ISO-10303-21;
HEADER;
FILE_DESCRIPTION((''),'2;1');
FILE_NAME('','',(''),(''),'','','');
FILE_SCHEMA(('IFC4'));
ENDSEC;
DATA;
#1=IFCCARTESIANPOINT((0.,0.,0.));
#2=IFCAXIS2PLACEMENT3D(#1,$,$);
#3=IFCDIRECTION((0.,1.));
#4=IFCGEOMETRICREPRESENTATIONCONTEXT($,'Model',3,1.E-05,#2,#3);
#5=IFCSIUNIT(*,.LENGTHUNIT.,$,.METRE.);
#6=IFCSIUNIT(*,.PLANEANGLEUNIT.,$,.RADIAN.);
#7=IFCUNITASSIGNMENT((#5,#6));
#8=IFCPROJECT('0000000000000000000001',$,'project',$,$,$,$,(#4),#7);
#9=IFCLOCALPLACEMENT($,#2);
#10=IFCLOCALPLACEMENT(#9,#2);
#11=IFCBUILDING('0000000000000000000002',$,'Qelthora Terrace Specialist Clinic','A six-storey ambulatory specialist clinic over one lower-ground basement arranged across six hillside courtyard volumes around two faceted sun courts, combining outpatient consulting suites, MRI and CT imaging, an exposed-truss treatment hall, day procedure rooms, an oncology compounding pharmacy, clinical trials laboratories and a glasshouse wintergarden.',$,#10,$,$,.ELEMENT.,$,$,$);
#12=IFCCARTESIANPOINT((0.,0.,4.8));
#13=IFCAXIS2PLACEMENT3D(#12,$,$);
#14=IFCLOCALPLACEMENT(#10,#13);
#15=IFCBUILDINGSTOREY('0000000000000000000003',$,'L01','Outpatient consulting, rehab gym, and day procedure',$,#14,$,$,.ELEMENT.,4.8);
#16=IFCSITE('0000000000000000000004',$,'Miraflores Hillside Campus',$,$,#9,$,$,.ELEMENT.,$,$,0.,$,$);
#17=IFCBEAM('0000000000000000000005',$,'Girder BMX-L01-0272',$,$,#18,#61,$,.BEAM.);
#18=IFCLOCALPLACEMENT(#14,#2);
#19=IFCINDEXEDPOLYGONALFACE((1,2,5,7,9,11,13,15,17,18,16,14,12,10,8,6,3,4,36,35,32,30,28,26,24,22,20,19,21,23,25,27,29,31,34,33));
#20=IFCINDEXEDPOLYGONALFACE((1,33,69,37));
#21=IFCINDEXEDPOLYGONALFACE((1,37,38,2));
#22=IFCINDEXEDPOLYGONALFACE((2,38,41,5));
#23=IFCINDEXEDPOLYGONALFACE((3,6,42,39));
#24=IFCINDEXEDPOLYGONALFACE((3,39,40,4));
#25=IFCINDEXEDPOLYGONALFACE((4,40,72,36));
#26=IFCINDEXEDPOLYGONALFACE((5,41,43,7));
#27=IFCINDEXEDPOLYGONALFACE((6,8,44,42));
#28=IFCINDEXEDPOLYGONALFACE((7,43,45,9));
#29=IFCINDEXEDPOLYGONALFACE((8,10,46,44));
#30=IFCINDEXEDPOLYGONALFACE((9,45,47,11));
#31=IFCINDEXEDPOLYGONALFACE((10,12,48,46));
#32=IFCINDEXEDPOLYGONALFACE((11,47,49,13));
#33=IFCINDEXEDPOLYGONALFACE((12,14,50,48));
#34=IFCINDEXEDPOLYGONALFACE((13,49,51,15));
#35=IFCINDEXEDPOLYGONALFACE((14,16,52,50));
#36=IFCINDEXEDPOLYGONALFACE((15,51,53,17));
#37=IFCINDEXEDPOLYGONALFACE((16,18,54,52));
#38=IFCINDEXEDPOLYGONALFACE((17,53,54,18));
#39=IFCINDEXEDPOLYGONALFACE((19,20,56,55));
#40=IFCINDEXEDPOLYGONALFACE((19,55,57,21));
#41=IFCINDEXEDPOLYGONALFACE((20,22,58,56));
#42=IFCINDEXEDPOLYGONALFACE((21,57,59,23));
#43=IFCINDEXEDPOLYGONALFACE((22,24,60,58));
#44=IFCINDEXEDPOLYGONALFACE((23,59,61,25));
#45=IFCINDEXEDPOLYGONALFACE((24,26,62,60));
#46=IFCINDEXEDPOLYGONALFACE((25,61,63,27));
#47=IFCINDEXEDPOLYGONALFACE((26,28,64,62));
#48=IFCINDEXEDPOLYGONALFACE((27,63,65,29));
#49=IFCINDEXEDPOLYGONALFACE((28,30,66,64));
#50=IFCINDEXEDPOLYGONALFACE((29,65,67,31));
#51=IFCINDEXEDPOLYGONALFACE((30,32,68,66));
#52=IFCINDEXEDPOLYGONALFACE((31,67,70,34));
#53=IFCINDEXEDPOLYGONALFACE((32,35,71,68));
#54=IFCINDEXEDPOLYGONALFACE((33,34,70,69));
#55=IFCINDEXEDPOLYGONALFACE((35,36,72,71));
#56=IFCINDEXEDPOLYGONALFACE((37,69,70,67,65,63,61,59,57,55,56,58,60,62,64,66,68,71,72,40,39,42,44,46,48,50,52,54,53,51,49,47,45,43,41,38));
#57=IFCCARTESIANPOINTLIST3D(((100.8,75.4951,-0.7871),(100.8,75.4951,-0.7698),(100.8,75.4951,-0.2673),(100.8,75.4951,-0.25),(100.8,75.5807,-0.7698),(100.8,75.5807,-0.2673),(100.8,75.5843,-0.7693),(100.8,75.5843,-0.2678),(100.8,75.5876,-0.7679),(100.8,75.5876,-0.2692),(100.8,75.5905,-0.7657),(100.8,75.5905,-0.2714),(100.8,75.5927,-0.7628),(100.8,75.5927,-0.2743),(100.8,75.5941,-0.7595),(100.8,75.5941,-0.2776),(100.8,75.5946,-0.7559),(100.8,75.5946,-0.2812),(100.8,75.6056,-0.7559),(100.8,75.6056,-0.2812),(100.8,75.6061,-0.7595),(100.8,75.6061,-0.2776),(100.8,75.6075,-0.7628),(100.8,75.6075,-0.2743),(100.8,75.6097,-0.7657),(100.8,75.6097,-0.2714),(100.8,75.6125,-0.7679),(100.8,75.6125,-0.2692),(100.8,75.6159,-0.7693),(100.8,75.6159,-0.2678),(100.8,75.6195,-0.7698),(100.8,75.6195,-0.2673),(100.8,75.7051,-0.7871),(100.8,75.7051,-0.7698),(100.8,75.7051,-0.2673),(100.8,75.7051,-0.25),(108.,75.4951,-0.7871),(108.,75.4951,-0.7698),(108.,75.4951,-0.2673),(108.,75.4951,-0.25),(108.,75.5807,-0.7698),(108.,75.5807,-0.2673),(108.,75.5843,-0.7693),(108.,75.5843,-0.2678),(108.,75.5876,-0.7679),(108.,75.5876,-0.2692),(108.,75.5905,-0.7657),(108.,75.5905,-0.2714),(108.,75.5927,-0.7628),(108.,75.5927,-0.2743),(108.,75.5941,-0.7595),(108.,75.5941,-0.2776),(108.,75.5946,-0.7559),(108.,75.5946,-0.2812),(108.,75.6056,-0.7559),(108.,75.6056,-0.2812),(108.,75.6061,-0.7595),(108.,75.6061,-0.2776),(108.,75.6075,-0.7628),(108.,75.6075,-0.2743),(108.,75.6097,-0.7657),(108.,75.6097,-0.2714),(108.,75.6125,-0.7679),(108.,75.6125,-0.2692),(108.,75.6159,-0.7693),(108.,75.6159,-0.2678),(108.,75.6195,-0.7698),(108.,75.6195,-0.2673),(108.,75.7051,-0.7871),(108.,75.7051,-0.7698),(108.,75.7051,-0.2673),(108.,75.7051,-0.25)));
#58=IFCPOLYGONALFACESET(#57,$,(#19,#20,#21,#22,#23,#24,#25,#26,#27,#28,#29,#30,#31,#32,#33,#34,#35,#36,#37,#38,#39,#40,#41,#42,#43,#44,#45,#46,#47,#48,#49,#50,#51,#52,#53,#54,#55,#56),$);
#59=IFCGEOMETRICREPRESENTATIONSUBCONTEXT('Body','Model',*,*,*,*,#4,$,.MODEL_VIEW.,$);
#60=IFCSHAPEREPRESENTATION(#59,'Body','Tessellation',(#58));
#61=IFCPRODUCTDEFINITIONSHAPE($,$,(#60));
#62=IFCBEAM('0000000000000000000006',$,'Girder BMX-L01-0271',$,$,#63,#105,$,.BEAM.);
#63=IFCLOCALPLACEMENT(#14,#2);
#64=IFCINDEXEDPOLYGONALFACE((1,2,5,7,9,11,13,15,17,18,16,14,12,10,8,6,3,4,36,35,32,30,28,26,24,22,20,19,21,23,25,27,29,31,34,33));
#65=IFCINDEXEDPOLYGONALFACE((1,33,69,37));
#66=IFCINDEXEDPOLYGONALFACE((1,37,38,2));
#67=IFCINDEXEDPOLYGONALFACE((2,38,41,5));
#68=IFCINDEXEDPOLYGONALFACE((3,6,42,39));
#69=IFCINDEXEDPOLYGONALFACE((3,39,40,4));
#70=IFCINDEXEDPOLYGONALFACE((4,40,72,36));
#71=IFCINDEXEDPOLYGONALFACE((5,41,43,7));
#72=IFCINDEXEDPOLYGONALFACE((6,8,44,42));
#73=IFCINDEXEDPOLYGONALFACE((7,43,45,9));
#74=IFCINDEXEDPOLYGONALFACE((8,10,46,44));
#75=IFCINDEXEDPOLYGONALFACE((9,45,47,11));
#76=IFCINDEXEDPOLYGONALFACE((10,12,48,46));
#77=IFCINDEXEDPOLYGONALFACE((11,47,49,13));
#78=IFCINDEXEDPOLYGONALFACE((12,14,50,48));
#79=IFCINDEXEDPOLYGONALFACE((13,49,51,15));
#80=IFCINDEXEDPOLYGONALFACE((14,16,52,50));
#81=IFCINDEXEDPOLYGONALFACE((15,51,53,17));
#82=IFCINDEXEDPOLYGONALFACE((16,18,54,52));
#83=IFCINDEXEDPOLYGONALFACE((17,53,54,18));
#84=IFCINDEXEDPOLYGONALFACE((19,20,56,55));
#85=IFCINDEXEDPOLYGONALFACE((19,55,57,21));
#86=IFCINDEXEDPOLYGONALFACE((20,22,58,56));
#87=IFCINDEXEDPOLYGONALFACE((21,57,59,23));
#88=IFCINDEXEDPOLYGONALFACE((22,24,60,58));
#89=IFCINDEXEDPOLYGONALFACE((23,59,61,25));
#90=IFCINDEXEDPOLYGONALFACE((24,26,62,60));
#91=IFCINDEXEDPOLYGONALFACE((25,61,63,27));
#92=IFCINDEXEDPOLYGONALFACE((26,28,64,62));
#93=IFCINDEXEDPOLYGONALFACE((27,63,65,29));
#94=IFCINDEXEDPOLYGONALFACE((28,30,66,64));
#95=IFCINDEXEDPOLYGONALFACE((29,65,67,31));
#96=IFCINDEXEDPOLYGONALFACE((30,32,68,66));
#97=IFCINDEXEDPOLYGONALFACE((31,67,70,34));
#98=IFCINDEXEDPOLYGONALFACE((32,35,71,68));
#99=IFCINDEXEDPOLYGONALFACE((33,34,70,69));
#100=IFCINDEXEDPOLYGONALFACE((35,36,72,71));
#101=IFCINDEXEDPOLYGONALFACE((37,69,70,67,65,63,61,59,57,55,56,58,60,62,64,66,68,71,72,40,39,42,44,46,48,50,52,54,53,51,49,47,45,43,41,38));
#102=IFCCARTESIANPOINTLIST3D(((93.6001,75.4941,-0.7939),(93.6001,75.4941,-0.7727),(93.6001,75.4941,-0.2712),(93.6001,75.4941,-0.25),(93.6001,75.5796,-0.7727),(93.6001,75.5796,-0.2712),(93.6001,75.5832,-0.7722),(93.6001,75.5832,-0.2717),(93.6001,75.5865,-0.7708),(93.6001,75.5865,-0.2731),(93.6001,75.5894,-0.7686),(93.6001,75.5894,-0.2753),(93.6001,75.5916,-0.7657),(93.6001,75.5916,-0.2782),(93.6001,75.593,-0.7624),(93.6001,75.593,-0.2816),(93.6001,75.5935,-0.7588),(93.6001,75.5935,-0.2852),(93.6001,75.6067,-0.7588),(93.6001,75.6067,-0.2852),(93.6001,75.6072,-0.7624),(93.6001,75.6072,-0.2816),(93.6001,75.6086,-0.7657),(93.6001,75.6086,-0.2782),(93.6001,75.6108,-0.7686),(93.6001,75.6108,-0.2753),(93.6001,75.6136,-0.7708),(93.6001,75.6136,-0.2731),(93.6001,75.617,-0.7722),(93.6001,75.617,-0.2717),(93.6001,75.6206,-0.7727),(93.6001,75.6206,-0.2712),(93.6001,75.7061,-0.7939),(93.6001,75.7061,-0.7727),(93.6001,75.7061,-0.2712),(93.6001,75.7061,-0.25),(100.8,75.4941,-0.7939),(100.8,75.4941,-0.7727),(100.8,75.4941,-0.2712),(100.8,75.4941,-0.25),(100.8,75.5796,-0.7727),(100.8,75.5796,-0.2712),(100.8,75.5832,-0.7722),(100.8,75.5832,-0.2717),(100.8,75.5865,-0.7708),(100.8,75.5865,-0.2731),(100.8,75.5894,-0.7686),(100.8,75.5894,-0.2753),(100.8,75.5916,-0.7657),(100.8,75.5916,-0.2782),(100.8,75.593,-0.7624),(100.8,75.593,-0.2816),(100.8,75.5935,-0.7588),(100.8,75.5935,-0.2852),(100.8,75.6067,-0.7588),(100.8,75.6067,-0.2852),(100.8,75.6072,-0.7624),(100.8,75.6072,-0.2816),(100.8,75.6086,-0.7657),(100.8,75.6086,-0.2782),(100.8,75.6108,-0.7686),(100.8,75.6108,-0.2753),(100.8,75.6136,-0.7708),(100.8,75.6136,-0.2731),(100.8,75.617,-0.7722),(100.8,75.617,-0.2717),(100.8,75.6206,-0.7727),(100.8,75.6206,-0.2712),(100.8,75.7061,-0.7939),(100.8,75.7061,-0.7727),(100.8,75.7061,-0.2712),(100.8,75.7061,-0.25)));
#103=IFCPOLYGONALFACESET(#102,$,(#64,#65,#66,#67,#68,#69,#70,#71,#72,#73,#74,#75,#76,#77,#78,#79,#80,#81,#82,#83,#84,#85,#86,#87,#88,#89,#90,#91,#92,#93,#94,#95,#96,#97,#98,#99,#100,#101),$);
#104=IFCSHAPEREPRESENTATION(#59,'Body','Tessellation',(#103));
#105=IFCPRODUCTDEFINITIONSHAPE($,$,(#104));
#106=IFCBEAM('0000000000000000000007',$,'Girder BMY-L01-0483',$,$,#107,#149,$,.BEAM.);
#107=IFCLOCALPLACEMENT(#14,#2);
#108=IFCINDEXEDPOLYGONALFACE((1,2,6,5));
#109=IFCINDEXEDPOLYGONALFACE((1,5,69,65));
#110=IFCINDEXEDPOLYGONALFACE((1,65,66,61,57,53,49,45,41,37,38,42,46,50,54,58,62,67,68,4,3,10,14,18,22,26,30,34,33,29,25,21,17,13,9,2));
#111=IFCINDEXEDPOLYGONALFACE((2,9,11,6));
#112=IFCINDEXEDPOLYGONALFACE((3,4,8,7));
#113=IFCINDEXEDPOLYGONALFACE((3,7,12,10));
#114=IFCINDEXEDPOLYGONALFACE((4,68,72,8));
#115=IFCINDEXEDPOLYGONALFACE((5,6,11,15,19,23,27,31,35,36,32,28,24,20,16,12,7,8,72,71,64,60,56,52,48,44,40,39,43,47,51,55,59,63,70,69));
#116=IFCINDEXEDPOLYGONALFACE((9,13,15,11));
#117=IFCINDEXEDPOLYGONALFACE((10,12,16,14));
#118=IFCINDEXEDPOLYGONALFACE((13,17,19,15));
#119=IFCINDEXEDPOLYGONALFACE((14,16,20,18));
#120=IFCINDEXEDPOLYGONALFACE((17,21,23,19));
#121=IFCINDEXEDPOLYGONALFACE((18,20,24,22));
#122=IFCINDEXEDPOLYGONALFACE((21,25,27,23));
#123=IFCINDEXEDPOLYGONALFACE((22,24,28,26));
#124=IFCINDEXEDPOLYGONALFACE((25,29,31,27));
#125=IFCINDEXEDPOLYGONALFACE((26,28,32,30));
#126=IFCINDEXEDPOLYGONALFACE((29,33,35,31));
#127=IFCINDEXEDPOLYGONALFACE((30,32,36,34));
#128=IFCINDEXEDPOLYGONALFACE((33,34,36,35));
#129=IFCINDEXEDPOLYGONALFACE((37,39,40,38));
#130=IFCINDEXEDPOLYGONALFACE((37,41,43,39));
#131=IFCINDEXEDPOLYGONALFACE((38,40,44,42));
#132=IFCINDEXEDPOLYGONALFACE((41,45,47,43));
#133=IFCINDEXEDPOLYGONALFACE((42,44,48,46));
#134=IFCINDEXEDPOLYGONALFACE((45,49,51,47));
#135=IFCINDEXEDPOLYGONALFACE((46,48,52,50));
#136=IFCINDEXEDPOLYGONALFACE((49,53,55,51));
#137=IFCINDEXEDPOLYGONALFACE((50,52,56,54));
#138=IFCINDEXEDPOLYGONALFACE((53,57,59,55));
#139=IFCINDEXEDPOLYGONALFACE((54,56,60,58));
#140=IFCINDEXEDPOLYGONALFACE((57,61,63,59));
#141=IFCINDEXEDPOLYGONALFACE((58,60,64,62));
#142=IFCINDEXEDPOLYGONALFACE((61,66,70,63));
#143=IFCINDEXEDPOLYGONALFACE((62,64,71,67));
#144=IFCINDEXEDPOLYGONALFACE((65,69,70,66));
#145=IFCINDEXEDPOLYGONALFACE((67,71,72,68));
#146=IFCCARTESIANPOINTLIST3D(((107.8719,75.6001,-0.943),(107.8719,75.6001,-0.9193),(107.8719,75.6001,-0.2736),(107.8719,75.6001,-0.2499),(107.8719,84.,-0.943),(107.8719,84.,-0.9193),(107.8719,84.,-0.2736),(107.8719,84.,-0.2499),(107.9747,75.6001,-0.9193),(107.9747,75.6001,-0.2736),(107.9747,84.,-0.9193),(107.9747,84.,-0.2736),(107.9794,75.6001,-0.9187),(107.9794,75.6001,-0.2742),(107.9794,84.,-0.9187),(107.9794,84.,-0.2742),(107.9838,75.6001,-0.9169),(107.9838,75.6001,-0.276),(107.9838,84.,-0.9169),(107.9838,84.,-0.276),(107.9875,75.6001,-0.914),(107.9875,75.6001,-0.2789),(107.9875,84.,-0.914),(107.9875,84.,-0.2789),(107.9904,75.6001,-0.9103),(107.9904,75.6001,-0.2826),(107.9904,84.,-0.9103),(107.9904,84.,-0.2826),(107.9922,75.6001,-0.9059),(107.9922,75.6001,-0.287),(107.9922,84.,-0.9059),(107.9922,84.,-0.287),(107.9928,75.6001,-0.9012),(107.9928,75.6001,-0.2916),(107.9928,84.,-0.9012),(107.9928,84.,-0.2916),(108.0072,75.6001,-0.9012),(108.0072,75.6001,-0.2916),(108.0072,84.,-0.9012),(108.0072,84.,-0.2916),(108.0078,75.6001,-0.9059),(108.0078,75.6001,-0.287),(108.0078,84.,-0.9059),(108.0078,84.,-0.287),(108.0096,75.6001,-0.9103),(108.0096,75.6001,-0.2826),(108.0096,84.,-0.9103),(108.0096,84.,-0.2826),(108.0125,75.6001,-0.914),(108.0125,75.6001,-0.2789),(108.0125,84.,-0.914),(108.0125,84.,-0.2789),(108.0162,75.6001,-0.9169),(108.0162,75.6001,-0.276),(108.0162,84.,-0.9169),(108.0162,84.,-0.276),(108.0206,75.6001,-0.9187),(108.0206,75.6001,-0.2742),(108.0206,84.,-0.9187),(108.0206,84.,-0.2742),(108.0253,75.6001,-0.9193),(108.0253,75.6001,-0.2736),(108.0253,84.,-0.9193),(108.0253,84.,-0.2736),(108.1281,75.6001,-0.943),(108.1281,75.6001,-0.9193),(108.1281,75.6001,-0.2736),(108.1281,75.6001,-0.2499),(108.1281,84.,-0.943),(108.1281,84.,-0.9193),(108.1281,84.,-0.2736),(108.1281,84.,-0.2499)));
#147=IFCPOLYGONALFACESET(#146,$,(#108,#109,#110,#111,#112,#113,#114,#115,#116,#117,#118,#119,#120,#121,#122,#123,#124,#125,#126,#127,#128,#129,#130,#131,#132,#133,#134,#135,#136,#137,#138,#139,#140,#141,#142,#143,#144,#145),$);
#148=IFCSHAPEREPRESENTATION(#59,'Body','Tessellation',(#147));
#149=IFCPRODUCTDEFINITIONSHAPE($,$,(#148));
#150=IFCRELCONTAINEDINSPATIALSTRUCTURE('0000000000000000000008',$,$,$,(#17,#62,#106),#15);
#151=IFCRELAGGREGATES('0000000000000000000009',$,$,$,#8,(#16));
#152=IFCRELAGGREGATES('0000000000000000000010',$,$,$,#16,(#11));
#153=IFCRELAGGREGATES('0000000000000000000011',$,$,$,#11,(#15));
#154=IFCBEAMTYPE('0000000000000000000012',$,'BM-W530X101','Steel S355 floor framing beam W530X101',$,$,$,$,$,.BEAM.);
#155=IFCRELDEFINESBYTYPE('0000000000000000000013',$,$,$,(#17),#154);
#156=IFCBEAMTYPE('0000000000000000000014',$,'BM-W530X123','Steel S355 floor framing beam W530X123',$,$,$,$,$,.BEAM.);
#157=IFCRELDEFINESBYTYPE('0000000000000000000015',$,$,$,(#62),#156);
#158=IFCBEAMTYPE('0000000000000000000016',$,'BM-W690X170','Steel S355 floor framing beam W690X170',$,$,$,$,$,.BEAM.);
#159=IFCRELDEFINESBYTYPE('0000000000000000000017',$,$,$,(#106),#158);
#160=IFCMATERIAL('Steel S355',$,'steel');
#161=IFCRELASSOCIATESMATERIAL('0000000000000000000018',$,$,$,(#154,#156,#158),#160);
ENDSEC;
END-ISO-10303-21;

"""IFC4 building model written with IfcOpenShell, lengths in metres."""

from ifc_helpers import new_model, si_unit, direction, frame, origin, origin_2d, place, context, subcontext, project, spatial, i_section, extrude, material, material_profile, profile_set, type_object, element, save


model = new_model("IFC4")

# Units and contexts
model_context = context("Model", 3, precision=1e-05, world=origin(), true_north=direction((0.0, 1.0)))
body_context = subcontext(model_context, "Body", "Model", "MODEL_VIEW")
ifc_project = project(units=[si_unit("LENGTHUNIT", "METRE"), si_unit("PLANEANGLEUNIT", "RADIAN")], contexts=[model_context])

# Site, building, storey
site_placement = place(None, origin())
site = spatial("IfcSite", under=ifc_project, at=site_placement, Name="Miraflores Hillside Campus", CompositionType="ELEMENT", RefElevation=0.0)
building_placement = place(site_placement, origin())
building = spatial("IfcBuilding", under=site, at=building_placement, Name="Qelthora Terrace Specialist Clinic", Description="A six-storey ambulatory specialist clinic over one lower-ground basement arranged across six hillside courtyard volumes around two faceted sun courts, combining outpatient consulting suites, MRI and CT imaging, an exposed-truss treatment hall, day procedure rooms, an oncology compounding pharmacy, clinical trials laboratories and a glasshouse wintergarden.", CompositionType="ELEMENT")
storey_placement = place(building_placement, frame((0.0, 0.0, 4.8)))
storey = spatial("IfcBuildingStorey", under=building, at=storey_placement, Name="L01", Description="Outpatient consulting, rehab gym, and day procedure", CompositionType="ELEMENT", Elevation=4.8)

# Shared definitions
ifc_material_1 = material(Name="Steel S355", Category="steel")

# Beams
ifc_material_profile_1 = material_profile(ifc_material_1, i_section(OverallWidth=0.21, OverallDepth=0.5371, WebThickness=0.011, FlangeThickness=0.0173, FilletRadius=0.0139, at=origin_2d()), Name="W530X101")
ifc_profile_set_1 = profile_set([ifc_material_profile_1], Name="Steel S355")
beam_type_1 = type_object("IfcBeamType", Name="BM-W530X101", Description="Steel S355 floor framing beam W530X101", PredefinedType="BEAM", material=ifc_profile_set_1)
beam_1_placement = place(storey_placement, frame((100.8, 75.6001, -0.5186), z_axis=(1.0, 0.0, 0.0), x_axis=(0.0, 1.0, 0.0)))
element("IfcBeam", 1, at=beam_1_placement, inside=storey, type_object=beam_type_1, Name="Girder BMX-L01-0272", PredefinedType="BEAM", context=body_context, shape_type="SweptSolid", body=[
    extrude(i_section(OverallWidth=0.21, OverallDepth=0.5371, WebThickness=0.011, FlangeThickness=0.0173, FilletRadius=0.0139, at=origin_2d()), origin(), (0.0, 0.0, 1.0), 7.2),
])
ifc_material_profile_2 = material_profile(ifc_material_1, i_section(OverallWidth=0.2119, OverallDepth=0.5439, WebThickness=0.0132, FlangeThickness=0.0212, FilletRadius=0.0139, at=origin_2d()), Name="W530X123")
ifc_profile_set_2 = profile_set([ifc_material_profile_2], Name="Steel S355")
beam_type_2 = type_object("IfcBeamType", Name="BM-W530X123", Description="Steel S355 floor framing beam W530X123", PredefinedType="BEAM", material=ifc_profile_set_2)
beam_2_placement = place(storey_placement, frame((93.6001, 75.6001, -0.522), z_axis=(1.0, 0.0, 0.0), x_axis=(0.0, 1.0, 0.0)))
element("IfcBeam", 2, at=beam_2_placement, inside=storey, type_object=beam_type_2, Name="Girder BMX-L01-0271", PredefinedType="BEAM", context=body_context, shape_type="SweptSolid", body=[
    extrude(i_section(OverallWidth=0.2119, OverallDepth=0.5439, WebThickness=0.0132, FlangeThickness=0.0212, FilletRadius=0.0139, at=origin_2d()), origin(), (0.0, 0.0, 1.0), 7.2),
])
ifc_material_profile_3 = material_profile(ifc_material_1, i_section(OverallWidth=0.2561, OverallDepth=0.6931, WebThickness=0.0144, FlangeThickness=0.0237, FilletRadius=0.0181, at=origin_2d()), Name="W690X170")
ifc_profile_set_3 = profile_set([ifc_material_profile_3], Name="Steel S355")
beam_type_3 = type_object("IfcBeamType", Name="BM-W690X170", Description="Steel S355 floor framing beam W690X170", PredefinedType="BEAM", material=ifc_profile_set_3)
beam_3_placement = place(storey_placement, frame((108.0, 75.6001, -0.5964), z_axis=(0.0, 1.0, 0.0), x_axis=(-1.0, 0.0, 0.0)))
element("IfcBeam", 3, at=beam_3_placement, inside=storey, type_object=beam_type_3, Name="Girder BMY-L01-0483", PredefinedType="BEAM", context=body_context, shape_type="SweptSolid", body=[
    extrude(i_section(OverallWidth=0.2561, OverallDepth=0.6931, WebThickness=0.0144, FlangeThickness=0.0237, FilletRadius=0.0181, at=origin_2d()), origin(), (0.0, 0.0, 1.0), 8.3999),
])

save(model, "model.ifc")
